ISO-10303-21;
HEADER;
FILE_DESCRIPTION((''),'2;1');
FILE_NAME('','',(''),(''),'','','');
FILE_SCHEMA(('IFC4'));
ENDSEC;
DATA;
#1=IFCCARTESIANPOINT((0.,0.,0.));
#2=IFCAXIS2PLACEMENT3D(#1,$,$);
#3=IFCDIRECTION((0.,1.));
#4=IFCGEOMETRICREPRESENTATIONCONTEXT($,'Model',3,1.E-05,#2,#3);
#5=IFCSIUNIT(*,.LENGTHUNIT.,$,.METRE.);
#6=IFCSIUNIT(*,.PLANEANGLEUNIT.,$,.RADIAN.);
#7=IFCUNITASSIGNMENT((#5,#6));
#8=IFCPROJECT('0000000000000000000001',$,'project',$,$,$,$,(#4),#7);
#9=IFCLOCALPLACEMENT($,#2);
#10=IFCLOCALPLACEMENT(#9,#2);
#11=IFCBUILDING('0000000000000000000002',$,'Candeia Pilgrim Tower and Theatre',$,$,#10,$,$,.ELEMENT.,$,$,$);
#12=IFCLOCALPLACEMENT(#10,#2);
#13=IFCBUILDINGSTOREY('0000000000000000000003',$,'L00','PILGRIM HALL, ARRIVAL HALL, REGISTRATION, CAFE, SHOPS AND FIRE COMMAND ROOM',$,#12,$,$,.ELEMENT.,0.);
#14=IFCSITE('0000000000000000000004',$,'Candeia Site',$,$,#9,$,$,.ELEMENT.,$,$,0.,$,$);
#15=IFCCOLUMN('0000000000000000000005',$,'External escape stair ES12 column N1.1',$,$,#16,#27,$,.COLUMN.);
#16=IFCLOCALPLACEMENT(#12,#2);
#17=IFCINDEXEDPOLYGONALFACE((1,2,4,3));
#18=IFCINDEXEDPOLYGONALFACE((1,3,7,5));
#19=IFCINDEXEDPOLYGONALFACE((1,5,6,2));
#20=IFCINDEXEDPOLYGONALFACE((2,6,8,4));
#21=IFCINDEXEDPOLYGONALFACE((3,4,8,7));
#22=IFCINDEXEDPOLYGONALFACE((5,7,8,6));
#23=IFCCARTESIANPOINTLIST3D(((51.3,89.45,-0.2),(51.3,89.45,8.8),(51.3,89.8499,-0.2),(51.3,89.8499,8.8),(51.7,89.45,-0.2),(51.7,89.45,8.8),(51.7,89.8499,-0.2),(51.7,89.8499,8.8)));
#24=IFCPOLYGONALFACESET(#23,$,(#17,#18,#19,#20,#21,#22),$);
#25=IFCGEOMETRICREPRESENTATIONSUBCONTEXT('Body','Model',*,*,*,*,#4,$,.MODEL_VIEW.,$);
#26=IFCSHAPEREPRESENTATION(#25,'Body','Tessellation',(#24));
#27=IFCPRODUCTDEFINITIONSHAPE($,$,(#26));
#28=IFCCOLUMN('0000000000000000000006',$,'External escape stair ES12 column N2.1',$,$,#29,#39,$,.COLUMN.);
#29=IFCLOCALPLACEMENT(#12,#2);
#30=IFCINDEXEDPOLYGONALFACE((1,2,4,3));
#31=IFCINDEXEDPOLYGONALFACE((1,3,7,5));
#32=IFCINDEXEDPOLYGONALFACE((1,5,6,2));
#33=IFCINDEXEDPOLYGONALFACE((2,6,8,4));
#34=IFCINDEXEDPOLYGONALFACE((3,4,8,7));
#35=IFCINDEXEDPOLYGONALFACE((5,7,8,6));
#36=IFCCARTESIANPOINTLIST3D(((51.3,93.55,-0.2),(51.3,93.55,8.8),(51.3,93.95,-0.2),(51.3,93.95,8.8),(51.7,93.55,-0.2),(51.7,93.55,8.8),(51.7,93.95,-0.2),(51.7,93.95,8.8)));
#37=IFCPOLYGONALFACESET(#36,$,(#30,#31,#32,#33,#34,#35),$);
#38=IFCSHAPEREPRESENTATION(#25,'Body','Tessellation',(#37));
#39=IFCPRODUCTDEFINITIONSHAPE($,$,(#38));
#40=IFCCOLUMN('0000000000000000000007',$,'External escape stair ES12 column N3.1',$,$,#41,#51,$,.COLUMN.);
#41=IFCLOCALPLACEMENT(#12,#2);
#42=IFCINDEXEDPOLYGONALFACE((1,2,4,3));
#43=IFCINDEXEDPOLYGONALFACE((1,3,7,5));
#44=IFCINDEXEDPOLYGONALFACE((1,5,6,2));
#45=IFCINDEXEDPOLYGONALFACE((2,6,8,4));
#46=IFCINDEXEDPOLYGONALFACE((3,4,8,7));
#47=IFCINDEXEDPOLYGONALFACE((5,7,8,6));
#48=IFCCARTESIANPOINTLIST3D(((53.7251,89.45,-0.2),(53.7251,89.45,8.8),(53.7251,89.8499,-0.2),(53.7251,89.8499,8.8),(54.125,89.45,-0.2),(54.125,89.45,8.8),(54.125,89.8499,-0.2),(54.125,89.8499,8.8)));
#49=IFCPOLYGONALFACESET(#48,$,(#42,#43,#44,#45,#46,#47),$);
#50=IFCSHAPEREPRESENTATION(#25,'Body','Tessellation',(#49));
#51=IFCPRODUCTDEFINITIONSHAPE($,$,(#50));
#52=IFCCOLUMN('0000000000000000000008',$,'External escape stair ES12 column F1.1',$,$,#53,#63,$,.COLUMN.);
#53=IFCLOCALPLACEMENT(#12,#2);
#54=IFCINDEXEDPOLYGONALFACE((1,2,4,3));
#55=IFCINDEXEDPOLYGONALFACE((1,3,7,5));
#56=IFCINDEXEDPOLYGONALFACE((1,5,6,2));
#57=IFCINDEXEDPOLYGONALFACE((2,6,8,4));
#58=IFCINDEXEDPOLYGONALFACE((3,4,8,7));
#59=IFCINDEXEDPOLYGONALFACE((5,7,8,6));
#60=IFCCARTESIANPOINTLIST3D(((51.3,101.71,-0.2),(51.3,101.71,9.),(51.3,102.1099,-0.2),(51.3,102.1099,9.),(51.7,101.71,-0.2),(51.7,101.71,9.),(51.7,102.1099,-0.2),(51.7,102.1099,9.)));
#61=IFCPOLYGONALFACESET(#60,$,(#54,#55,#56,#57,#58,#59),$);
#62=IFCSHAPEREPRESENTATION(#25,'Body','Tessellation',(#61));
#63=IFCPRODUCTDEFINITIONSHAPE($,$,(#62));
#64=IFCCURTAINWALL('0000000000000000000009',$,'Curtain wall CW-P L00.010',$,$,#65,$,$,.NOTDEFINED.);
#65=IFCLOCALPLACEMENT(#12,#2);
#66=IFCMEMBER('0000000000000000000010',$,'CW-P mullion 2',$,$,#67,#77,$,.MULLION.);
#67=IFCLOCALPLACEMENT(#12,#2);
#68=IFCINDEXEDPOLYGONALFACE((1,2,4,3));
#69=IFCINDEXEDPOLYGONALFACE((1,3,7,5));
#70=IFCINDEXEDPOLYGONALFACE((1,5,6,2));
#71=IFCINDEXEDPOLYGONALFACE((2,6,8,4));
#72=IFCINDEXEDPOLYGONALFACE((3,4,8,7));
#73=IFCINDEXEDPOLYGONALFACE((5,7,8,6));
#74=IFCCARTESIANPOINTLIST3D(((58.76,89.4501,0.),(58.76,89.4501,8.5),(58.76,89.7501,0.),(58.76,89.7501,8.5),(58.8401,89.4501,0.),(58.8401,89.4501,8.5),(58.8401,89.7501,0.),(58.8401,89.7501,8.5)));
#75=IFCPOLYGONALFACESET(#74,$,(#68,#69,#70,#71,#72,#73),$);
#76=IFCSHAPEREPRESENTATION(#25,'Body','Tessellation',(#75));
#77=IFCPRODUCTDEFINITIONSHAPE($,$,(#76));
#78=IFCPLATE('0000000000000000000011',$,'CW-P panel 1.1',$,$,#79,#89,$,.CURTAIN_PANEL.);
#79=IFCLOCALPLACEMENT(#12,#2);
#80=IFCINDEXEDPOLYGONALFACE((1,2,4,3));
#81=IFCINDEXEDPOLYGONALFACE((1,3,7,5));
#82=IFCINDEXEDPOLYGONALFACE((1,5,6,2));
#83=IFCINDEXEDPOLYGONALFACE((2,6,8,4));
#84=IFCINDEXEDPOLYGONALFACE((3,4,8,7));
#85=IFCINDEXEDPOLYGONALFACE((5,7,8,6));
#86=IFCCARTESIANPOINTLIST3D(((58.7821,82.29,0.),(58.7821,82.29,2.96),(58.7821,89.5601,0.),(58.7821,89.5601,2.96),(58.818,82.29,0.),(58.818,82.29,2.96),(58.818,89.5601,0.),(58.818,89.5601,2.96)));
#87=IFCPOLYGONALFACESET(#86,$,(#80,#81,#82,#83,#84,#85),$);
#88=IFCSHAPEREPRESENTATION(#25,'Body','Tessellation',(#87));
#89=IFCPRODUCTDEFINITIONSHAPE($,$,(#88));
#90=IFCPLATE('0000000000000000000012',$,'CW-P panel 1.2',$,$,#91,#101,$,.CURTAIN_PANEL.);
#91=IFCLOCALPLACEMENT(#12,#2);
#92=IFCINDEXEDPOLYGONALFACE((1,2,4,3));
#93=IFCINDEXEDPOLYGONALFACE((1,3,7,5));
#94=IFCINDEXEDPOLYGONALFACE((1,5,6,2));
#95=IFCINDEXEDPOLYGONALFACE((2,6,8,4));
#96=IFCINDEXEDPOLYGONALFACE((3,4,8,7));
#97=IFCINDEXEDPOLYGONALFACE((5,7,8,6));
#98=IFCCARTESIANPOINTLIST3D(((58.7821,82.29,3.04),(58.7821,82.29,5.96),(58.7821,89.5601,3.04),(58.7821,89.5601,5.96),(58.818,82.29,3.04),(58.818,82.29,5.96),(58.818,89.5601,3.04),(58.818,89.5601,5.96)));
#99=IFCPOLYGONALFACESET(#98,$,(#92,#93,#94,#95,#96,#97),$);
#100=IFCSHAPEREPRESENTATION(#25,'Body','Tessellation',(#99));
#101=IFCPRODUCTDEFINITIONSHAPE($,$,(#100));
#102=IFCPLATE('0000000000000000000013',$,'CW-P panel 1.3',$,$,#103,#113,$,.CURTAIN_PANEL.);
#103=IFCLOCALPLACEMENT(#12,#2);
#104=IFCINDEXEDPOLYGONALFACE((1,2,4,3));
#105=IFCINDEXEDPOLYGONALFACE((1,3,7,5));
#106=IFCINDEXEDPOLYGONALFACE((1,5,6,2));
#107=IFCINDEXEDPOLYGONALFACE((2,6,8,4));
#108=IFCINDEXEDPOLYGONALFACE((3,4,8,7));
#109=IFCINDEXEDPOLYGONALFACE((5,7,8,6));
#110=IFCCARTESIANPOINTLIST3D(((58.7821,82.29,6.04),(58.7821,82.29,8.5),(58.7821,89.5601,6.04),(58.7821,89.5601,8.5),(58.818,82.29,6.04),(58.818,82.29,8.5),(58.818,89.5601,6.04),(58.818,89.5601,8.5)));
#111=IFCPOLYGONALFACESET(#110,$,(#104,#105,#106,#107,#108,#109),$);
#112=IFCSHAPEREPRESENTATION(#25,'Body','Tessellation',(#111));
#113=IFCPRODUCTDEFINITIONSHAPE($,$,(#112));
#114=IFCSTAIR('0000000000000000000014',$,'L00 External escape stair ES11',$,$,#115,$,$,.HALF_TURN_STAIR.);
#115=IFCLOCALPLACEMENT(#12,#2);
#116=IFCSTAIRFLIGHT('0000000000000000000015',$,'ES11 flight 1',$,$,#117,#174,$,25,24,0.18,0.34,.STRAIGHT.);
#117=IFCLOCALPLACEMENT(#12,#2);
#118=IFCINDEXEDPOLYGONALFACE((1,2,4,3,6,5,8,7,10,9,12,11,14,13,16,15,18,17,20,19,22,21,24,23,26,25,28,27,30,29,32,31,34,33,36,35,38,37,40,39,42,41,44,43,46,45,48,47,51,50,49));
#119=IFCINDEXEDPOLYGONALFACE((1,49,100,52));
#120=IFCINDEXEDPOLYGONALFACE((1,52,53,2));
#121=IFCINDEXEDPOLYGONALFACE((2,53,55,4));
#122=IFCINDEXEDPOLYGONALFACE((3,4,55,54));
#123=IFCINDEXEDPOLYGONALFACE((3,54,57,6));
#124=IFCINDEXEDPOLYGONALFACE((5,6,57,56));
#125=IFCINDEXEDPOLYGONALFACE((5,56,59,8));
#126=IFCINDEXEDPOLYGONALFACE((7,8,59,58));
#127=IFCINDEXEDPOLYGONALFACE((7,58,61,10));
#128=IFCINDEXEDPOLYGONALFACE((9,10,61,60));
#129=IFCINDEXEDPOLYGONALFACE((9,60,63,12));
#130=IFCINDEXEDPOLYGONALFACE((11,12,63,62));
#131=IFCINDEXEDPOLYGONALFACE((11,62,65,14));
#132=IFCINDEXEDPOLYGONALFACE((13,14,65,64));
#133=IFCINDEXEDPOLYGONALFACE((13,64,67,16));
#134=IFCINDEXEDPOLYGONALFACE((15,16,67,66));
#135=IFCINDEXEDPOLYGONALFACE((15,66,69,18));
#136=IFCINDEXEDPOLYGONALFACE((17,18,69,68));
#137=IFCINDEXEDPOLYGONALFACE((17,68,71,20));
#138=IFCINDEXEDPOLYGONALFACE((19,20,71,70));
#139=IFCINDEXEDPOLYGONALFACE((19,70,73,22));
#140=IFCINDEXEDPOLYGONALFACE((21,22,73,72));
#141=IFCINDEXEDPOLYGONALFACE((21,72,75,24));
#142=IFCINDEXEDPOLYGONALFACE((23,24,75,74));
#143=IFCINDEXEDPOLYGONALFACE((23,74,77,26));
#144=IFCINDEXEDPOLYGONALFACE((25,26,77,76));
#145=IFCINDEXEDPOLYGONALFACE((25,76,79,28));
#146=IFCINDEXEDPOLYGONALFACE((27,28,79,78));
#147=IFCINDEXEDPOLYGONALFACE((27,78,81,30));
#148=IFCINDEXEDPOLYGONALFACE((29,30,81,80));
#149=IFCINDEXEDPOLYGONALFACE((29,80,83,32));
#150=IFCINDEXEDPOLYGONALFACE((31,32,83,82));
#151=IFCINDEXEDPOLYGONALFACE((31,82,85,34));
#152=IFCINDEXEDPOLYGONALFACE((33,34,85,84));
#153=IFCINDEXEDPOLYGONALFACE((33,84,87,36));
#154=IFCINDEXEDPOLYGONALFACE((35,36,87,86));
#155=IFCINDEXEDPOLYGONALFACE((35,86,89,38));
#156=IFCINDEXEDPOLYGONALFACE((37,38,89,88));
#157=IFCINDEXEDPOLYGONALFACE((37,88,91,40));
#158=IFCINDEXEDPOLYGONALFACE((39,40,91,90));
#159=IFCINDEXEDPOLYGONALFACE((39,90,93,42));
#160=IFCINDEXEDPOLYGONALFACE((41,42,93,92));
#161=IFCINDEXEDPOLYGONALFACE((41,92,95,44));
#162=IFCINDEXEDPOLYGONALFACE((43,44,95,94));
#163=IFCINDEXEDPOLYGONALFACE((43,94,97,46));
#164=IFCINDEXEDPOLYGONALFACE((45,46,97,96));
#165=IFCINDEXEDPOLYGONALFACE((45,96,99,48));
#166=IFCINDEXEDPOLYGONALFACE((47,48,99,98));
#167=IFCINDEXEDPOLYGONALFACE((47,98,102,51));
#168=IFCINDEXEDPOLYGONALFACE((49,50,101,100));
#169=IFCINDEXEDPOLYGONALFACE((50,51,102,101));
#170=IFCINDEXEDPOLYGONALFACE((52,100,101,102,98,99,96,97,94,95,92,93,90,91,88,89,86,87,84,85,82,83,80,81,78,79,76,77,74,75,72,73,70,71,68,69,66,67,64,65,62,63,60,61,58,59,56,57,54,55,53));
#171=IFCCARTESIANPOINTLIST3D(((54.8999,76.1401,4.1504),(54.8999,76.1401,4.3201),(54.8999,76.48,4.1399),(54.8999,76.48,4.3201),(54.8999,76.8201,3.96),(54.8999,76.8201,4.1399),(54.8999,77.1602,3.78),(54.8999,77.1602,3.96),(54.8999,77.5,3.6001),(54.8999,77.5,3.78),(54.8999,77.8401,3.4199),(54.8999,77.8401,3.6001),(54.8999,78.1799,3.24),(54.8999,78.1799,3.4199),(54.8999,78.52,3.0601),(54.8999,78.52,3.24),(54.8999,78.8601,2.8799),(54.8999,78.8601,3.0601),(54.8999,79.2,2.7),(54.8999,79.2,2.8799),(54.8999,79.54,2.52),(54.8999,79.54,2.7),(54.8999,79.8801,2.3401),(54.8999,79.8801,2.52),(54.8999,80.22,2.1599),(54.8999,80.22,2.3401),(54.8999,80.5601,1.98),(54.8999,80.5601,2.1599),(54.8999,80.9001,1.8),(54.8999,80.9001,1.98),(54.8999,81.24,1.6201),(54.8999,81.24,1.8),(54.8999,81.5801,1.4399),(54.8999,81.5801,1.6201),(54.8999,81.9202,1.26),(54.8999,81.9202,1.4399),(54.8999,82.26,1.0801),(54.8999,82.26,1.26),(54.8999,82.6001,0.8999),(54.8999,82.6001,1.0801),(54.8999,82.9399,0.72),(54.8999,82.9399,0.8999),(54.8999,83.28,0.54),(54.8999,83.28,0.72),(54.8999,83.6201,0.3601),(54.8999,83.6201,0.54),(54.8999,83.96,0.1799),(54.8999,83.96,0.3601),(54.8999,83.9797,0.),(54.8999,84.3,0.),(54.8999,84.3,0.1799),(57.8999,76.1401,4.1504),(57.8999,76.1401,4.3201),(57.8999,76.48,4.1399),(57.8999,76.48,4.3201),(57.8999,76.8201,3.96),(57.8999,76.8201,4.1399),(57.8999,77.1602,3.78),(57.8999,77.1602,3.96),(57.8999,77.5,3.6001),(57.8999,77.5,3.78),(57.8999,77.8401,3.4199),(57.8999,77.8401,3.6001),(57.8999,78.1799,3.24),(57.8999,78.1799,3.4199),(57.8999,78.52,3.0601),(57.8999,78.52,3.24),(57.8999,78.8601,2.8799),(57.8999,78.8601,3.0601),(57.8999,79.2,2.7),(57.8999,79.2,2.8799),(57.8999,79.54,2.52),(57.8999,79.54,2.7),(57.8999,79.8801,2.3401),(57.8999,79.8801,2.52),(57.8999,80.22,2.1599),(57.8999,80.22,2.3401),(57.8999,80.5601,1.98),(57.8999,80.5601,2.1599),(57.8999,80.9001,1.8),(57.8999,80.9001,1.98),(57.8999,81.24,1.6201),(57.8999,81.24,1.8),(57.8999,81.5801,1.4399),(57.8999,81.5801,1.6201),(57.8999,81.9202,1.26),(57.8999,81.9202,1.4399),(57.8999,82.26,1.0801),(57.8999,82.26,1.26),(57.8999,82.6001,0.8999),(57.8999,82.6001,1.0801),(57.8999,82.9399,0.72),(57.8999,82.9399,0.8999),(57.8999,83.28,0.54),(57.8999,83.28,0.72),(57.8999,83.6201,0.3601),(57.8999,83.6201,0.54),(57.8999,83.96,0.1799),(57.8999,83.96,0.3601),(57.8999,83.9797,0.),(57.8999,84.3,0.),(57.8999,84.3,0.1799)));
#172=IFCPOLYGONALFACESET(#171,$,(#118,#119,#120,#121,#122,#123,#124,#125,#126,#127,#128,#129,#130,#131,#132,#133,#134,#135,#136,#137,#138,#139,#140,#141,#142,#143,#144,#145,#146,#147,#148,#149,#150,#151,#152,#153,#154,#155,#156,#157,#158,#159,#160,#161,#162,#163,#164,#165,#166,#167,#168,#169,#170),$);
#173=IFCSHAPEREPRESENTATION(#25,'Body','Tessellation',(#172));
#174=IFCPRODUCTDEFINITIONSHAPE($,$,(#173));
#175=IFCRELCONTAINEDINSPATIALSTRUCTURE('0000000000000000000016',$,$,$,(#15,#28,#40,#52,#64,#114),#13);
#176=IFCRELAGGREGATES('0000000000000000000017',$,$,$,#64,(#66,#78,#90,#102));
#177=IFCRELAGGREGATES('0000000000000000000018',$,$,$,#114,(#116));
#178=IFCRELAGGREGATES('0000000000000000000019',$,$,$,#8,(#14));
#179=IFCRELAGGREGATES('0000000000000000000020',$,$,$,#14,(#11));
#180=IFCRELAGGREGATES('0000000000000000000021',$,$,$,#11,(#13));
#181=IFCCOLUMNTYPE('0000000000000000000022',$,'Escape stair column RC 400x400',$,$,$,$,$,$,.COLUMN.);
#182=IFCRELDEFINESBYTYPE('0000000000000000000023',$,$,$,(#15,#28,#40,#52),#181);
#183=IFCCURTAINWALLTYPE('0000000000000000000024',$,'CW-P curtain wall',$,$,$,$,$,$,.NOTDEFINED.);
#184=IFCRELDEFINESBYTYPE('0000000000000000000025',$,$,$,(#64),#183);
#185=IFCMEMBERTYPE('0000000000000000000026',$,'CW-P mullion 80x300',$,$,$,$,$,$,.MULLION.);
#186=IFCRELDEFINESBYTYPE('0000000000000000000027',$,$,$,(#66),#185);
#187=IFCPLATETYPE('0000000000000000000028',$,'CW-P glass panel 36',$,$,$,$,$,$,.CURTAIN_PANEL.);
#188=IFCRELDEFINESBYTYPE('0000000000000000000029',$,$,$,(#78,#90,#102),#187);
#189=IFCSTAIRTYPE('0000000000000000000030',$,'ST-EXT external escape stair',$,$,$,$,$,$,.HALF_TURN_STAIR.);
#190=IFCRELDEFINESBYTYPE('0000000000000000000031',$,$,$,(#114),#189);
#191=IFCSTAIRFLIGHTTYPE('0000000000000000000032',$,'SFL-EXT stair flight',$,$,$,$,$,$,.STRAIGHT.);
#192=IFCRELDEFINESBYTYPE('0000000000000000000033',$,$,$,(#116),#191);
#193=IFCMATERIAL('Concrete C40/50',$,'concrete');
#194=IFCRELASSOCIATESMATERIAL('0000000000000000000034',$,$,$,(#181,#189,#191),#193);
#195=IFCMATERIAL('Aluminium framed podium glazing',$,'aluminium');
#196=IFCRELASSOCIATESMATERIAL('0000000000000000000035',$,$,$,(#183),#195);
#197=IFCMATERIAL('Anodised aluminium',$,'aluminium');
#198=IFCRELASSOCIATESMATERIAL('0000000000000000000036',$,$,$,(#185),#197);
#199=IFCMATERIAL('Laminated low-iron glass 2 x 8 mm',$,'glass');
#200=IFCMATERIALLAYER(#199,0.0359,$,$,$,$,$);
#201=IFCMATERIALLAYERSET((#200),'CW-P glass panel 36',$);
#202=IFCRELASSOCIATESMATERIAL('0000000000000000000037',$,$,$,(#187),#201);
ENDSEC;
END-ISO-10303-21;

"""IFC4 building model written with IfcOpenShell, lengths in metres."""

from ifc_helpers import new_model, si_unit, direction, frame, origin, origin_2d, place, context, subcontext, project, spatial, polyline, rectangle, outline, extrude, material, layer, layer_set, material_profile, profile_set, type_object, element, aggregate, save


model = new_model("IFC4")

# Units and contexts
model_context = context("Model", 3, precision=1e-05, world=origin(), true_north=direction((0.0, 1.0)))
body_context = subcontext(model_context, "Body", "Model", "MODEL_VIEW")
ifc_project = project(units=[si_unit("LENGTHUNIT", "METRE"), si_unit("PLANEANGLEUNIT", "RADIAN")], contexts=[model_context])

# Site, building, storey
site_placement = place(None, origin())
site = spatial("IfcSite", under=ifc_project, at=site_placement, Name="Candeia Site", CompositionType="ELEMENT", RefElevation=0.0)
building_placement = place(site_placement, origin())
building = spatial("IfcBuilding", under=site, at=building_placement, Name="Candeia Pilgrim Tower and Theatre", CompositionType="ELEMENT")
storey_placement = place(building_placement, origin())
storey = spatial("IfcBuildingStorey", under=building, at=storey_placement, Name="L00", Description="PILGRIM HALL, ARRIVAL HALL, REGISTRATION, CAFE, SHOPS AND FIRE COMMAND ROOM", CompositionType="ELEMENT", Elevation=0.0)

# Shared definitions
ifc_material_1 = material(Name="Concrete C40/50", Category="concrete")

# Columns
ifc_material_profile_1 = material_profile(ifc_material_1, rectangle(XDim=0.3999, YDim=0.3999, at=origin_2d()))
ifc_profile_set_1 = profile_set([ifc_material_profile_1], Name="Concrete C40/50")
column_type = type_object("IfcColumnType", Name="Escape stair column RC 400x400", PredefinedType="COLUMN", material=ifc_profile_set_1)
for number, where, z_axis, x_axis, name in (
    (1, (51.5, 89.6499, -0.2), (0.0, 0.0, 1.0), (1.0, 0.0, 0.0), "External escape stair ES12 column N1.1"),
    (2, (51.5, 93.75, -0.2), (0.0, 0.0, 1.0), (1.0, 0.0, 0.0), "External escape stair ES12 column N2.1"),
    (3, (53.925, 89.6499, -0.2), (0.0, 0.0, 1.0), (1.0, 0.0, 0.0), "External escape stair ES12 column N3.1"),
):
    element("IfcColumn", number, at=place(storey_placement, frame(where, z_axis=z_axis, x_axis=x_axis)), inside=storey, type_object=column_type, Name=name, PredefinedType="COLUMN", context=body_context, shape_type="SweptSolid", body=[
        extrude(rectangle(XDim=0.3999, YDim=0.3999, at=origin_2d()), origin(), (0.0, 0.0, 1.0), 9.0),
    ])
column_placement = place(storey_placement, frame((51.5, 101.9099, -0.2), z_axis=(0.0, 0.0, 1.0), x_axis=(1.0, 0.0, 0.0)))
element("IfcColumn", 4, at=column_placement, inside=storey, type_object=column_type, Name="External escape stair ES12 column F1.1", PredefinedType="COLUMN", context=body_context, shape_type="SweptSolid", body=[
    extrude(rectangle(XDim=0.3999, YDim=0.3999, at=origin_2d()), origin(), (0.0, 0.0, 1.0), 9.2),
])

# Curtain wall, member, plates
ifc_material_2 = material(Name="Aluminium framed podium glazing", Category="aluminium")
curtain_wall_type = type_object("IfcCurtainWallType", Name="CW-P curtain wall", PredefinedType="NOTDEFINED", material=ifc_material_2)
curtain_wall_placement = place(storey_placement, origin())
curtain_wall = element("IfcCurtainWall", 5, at=curtain_wall_placement, inside=storey, type_object=curtain_wall_type, Name="Curtain wall CW-P L00.010", PredefinedType="NOTDEFINED")
ifc_material_3 = material(Name="Anodised aluminium", Category="aluminium")
ifc_material_profile_2 = material_profile(ifc_material_3, rectangle(XDim=0.0801, YDim=0.3, at=origin_2d()))
ifc_profile_set_2 = profile_set([ifc_material_profile_2], Name="Anodised aluminium")
member_type = type_object("IfcMemberType", Name="CW-P mullion 80x300", PredefinedType="MULLION", material=ifc_profile_set_2)
member_placement = place(storey_placement, frame((58.8, 89.6001, 0.0), z_axis=(0.0, 0.0, 1.0), x_axis=(-1.0, 0.0, 0.0)))
member = element("IfcMember", 6, at=member_placement, type_object=member_type, Name="CW-P mullion 2", PredefinedType="MULLION", context=body_context, shape_type="SweptSolid", body=[
    extrude(rectangle(XDim=0.0801, YDim=0.3, at=origin_2d()), origin(), (0.0, 0.0, 1.0), 8.5),
])
ifc_material_4 = material(Name="Laminated low-iron glass 2 x 8 mm", Category="glass")
ifc_layer_1 = layer(ifc_material_4, 0.0359)
ifc_layer_set_1 = layer_set([ifc_layer_1], Name="CW-P glass panel 36")
plate_type = type_object("IfcPlateType", Name="CW-P glass panel 36", PredefinedType="CURTAIN_PANEL", material=ifc_layer_set_1)
plate_1_placement = place(storey_placement, frame((58.8, 85.925, 0.0), z_axis=(0.0, 0.0, 1.0), x_axis=(0.0, 1.0, 0.0)))
plate_1 = element("IfcPlate", 7, at=plate_1_placement, type_object=plate_type, Name="CW-P panel 1.1", PredefinedType="CURTAIN_PANEL", context=body_context, shape_type="SweptSolid", body=[
    extrude(rectangle(XDim=7.27, YDim=0.0359, at=origin_2d()), origin(), (0.0, 0.0, 1.0), 2.96),
])
plate_2_placement = place(storey_placement, frame((58.8, 85.925, 3.04), z_axis=(0.0, 0.0, 1.0), x_axis=(0.0, 1.0, 0.0)))
plate_2 = element("IfcPlate", 8, at=plate_2_placement, type_object=plate_type, Name="CW-P panel 1.2", PredefinedType="CURTAIN_PANEL", context=body_context, shape_type="SweptSolid", body=[
    extrude(rectangle(XDim=7.27, YDim=0.0359, at=origin_2d()), origin(), (0.0, 0.0, 1.0), 2.9199),
])
plate_3_placement = place(storey_placement, frame((58.8, 85.925, 6.04), z_axis=(0.0, 0.0, 1.0), x_axis=(0.0, 1.0, 0.0)))
plate_3 = element("IfcPlate", 9, at=plate_3_placement, type_object=plate_type, Name="CW-P panel 1.3", PredefinedType="CURTAIN_PANEL", context=body_context, shape_type="SweptSolid", body=[
    extrude(rectangle(XDim=7.27, YDim=0.0359, at=origin_2d()), origin(), (0.0, 0.0, 1.0), 2.46),
])
aggregate(curtain_wall, [member, plate_1, plate_2, plate_3])

# Stair, stair flight
stair_type = type_object("IfcStairType", Name="ST-EXT external escape stair", PredefinedType="HALF_TURN_STAIR", material=ifc_material_1)
stair_1_placement = place(storey_placement, origin())
stair_1 = element("IfcStair", 10, at=stair_1_placement, inside=storey, type_object=stair_type, Name="L00 External escape stair ES11", PredefinedType="HALF_TURN_STAIR")
stair_flight_type = type_object("IfcStairFlightType", Name="SFL-EXT stair flight", PredefinedType="STRAIGHT", material=ifc_material_1)
stair_flight_1_placement = place(storey_placement, frame((56.3999, 84.3, 0.0), z_axis=(0.0, 0.0, 1.0), x_axis=(0.0, -1.0, 0.0)))
stair_flight_1 = element("IfcStairFlight", 11, at=stair_flight_1_placement, type_object=stair_flight_type, Name="ES11 flight 1", NumberOfRisers=25, NumberOfTreads=24, PredefinedType="STRAIGHT", RiserHeight=0.18, TreadLength=0.34, context=body_context, shape_type="SweptSolid", body=[
    extrude(outline(polyline([(0.0, 0.0), (0.0, 0.1799), (0.3401, 0.1799), (0.3401, 0.3601), (0.6799, 0.3601), (0.6799, 0.54), (1.02, 0.54), (1.02, 0.72), (1.3601, 0.72), (1.3601, 0.8999), (1.7, 0.8999), (1.7, 1.0801), (2.04, 1.0801), (2.04, 1.26), (2.3799, 1.26), (2.3799, 1.4399), (2.72, 1.4399), (2.72, 1.6201), (3.0601, 1.6201), (3.0601, 1.8), (3.3999, 1.8), (3.3999, 1.98), (3.74, 1.98), (3.74, 2.1599), (4.0801, 2.1599), (4.0801, 2.3401), (4.4199, 2.3401), (4.4199, 2.52), (4.76, 2.52), (4.76, 2.7), (5.1001, 2.7), (5.1001, 2.8799), (5.4399, 2.8799), (5.4399, 3.0601), (5.78, 3.0601), (5.78, 3.24), (6.1201, 3.24), (6.1201, 3.4199), (6.46, 3.4199), (6.46, 3.6001), (6.8, 3.6001), (6.8, 3.78), (7.1399, 3.78), (7.1399, 3.96), (7.48, 3.96), (7.48, 4.1399), (7.8201, 4.1399), (7.8201, 4.3201), (8.1599, 4.3201), (8.1599, 4.5), (8.1599, 4.1504), (0.3203, 0.0), (0.0, 0.0)])), frame((0.0, 1.5, 0.0), z_axis=(0.0, -1.0, 0.0), x_axis=(1.0, 0.0, 0.0)), (0.0, 0.0, 1.0), 3.0),
])
aggregate(stair_1, [stair_flight_1])

save(model, "model.ifc")
